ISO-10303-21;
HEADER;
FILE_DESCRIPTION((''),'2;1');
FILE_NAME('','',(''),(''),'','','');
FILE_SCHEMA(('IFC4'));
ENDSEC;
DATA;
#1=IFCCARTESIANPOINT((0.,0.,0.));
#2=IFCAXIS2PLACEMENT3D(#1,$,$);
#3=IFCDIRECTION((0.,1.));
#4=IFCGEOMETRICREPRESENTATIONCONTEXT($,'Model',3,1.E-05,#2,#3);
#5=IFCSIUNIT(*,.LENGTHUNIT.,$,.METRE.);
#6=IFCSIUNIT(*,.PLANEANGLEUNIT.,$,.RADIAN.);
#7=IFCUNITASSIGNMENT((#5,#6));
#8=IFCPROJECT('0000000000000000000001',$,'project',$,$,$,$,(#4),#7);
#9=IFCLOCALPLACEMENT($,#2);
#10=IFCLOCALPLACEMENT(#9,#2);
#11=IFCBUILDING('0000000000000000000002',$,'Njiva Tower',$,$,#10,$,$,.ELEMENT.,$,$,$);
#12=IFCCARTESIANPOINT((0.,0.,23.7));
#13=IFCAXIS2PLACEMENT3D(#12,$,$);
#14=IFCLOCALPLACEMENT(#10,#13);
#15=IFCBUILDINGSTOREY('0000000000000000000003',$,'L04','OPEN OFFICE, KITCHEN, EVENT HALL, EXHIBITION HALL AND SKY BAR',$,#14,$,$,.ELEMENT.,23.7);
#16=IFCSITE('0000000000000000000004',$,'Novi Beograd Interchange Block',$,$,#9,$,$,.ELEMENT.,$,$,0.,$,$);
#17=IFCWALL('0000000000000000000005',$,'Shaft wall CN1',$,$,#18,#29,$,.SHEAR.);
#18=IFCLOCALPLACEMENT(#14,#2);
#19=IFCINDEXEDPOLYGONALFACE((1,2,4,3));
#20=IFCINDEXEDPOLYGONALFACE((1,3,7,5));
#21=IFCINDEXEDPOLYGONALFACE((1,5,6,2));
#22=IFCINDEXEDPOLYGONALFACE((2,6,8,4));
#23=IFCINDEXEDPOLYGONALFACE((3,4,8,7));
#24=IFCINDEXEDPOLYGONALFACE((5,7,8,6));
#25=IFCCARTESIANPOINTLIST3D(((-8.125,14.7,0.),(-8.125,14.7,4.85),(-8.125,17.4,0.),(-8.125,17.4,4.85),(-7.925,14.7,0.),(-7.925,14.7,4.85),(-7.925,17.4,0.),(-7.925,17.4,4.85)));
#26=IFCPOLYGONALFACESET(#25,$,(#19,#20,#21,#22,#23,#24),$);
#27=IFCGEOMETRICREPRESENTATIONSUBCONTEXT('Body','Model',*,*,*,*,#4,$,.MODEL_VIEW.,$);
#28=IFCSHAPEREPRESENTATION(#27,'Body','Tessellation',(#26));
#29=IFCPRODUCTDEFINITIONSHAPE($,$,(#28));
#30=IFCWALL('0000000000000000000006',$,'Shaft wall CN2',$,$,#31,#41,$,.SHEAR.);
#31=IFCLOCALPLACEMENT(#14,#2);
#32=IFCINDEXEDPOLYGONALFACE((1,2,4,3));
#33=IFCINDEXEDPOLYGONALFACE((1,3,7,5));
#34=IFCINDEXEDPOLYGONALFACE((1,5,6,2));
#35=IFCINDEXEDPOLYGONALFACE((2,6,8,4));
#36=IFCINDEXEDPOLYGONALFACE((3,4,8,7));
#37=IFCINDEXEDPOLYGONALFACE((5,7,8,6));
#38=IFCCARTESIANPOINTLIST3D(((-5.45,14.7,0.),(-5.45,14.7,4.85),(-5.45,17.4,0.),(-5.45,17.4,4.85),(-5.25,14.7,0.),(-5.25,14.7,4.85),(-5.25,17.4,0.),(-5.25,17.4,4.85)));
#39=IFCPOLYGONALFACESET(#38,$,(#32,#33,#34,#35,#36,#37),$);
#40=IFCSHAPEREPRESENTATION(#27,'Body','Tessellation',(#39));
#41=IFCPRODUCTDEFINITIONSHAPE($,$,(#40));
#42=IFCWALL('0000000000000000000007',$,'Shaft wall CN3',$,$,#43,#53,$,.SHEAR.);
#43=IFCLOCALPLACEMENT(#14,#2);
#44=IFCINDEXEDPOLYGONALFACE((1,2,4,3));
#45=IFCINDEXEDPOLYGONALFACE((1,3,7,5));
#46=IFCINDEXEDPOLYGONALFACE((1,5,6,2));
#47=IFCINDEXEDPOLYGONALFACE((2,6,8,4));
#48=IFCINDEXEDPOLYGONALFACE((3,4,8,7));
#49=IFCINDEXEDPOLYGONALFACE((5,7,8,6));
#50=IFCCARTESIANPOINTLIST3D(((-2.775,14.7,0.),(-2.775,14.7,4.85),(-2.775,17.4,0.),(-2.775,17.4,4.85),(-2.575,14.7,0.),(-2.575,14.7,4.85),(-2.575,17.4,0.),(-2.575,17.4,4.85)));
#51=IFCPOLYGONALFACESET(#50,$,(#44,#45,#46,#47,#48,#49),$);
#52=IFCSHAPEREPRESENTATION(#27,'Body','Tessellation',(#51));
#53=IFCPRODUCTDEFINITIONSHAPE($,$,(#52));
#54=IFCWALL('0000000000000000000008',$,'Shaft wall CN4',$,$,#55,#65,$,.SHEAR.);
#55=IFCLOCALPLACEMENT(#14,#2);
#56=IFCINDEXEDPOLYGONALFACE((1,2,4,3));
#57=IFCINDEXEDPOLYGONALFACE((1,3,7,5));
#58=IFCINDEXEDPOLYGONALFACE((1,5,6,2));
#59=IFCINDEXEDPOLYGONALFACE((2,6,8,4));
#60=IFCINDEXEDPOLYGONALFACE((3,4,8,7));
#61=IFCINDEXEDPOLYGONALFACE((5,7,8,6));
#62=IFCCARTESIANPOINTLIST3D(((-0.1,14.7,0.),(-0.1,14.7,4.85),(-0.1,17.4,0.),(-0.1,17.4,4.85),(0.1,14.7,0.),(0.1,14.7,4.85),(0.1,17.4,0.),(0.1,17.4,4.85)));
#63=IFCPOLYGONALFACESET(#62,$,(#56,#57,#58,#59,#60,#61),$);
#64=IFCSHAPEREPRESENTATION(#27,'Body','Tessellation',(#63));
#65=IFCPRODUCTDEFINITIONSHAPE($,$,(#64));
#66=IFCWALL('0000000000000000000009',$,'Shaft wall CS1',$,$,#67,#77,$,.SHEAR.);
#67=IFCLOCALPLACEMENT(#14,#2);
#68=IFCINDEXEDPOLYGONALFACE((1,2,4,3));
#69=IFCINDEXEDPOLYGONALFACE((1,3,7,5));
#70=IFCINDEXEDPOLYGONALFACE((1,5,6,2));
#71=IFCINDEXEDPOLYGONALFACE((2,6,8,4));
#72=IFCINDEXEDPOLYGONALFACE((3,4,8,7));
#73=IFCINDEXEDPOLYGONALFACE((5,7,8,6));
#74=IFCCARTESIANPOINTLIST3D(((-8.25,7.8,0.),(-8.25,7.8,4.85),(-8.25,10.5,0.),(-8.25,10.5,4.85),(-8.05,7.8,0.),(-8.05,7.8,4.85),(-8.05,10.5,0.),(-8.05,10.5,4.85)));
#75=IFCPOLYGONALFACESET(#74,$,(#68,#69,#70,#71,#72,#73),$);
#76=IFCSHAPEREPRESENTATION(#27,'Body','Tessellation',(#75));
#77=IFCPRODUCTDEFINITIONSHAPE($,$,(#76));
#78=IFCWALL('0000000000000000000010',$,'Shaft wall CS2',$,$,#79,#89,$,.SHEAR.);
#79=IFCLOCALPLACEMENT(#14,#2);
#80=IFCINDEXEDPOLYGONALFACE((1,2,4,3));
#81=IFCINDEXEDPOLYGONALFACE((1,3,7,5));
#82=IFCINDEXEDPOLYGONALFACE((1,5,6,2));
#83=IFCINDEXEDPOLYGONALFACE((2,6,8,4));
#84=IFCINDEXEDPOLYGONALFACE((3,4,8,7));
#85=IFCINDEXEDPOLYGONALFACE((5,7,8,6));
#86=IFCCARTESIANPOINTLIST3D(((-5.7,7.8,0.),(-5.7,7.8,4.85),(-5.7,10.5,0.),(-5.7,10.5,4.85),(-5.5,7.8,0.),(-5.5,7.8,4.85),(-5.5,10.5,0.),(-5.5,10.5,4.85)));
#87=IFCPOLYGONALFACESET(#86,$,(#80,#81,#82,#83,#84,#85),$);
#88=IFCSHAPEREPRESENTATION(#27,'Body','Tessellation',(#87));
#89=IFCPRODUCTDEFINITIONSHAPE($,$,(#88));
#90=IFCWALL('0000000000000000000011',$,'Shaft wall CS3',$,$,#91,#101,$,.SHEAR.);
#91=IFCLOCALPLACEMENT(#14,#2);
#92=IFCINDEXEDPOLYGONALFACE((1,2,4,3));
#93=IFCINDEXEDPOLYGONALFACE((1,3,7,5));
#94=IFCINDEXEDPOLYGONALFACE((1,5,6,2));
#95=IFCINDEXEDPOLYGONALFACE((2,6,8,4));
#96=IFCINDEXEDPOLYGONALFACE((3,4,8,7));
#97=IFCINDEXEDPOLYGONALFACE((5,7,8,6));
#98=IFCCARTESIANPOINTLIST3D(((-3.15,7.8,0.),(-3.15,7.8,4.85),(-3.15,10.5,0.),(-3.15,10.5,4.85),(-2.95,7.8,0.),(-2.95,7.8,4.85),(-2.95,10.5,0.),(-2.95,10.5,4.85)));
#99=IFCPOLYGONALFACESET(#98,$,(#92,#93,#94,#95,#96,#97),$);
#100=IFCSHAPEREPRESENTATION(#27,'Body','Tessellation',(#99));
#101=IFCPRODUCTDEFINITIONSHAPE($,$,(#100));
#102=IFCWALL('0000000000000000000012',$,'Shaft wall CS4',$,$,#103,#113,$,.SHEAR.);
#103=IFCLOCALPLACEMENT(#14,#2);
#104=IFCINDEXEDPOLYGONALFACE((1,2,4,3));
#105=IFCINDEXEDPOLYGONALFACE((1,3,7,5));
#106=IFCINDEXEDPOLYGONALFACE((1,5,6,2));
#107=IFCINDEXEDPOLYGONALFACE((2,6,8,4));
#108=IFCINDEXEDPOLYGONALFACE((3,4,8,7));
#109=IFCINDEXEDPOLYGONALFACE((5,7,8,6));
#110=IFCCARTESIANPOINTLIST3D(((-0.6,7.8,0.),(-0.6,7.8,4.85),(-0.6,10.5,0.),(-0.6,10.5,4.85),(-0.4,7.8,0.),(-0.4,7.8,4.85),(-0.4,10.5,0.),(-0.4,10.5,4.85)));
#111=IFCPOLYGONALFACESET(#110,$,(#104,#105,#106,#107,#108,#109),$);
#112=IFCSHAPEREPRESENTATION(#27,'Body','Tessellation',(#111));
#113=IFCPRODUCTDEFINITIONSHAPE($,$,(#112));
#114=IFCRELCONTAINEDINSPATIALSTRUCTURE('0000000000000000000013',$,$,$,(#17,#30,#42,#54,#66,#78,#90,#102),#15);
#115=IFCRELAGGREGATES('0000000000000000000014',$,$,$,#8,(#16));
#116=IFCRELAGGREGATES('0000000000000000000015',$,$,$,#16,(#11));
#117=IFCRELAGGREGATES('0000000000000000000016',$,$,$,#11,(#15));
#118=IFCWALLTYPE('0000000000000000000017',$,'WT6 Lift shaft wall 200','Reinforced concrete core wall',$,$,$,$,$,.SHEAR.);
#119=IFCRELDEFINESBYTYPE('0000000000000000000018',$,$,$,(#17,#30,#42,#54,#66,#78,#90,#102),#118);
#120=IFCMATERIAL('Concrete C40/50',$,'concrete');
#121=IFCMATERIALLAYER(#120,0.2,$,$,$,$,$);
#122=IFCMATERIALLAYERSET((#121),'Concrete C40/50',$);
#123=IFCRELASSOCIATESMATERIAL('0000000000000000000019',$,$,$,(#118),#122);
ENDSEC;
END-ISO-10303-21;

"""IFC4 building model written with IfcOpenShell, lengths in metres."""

from ifc_helpers import new_model, si_unit, direction, frame, frame_2d, origin, place, context, subcontext, project, spatial, rectangle, extrude, material, layer, layer_set, type_object, element, save


model = new_model("IFC4")

# Units and contexts
model_context = context("Model", 3, precision=1e-05, world=origin(), true_north=direction((0.0, 1.0)))
body_context = subcontext(model_context, "Body", "Model", "MODEL_VIEW")
ifc_project = project(units=[si_unit("LENGTHUNIT", "METRE"), si_unit("PLANEANGLEUNIT", "RADIAN")], contexts=[model_context])

# Site, building, storey
site_placement = place(None, origin())
site = spatial("IfcSite", under=ifc_project, at=site_placement, Name="Novi Beograd Interchange Block", CompositionType="ELEMENT", RefElevation=0.0)
building_placement = place(site_placement, origin())
building = spatial("IfcBuilding", under=site, at=building_placement, Name="Njiva Tower", CompositionType="ELEMENT")
storey_placement = place(building_placement, frame((0.0, 0.0, 23.7)))
storey = spatial("IfcBuildingStorey", under=building, at=storey_placement, Name="L04", Description="OPEN OFFICE, KITCHEN, EVENT HALL, EXHIBITION HALL AND SKY BAR", CompositionType="ELEMENT", Elevation=23.7)

# Walls
ifc_material_1 = material(Name="Concrete C40/50", Category="concrete")
ifc_layer_1 = layer(ifc_material_1, 0.2)
ifc_layer_set_1 = layer_set([ifc_layer_1], Name="Concrete C40/50")
wall_type_1 = type_object("IfcWallType", Name="WT6 Lift shaft wall 200", Description="Reinforced concrete core wall", PredefinedType="SHEAR", material=ifc_layer_set_1)
for number, where, z_axis, x_axis, name in (
    (1, (-8.025, 14.7, 0.0), (0.0, 0.0, 1.0), (0.0, 1.0, 0.0), "Shaft wall CN1"),
    (2, (-5.35, 14.7, 0.0), (0.0, 0.0, 1.0), (0.0, 1.0, 0.0), "Shaft wall CN2"),
    (3, (-2.675, 14.7, 0.0), (0.0, 0.0, 1.0), (0.0, 1.0, 0.0), "Shaft wall CN3"),
    (4, (0.0, 14.7, 0.0), (0.0, 0.0, 1.0), (0.0, 1.0, 0.0), "Shaft wall CN4"),
    (5, (-8.15, 7.8, 0.0), (0.0, 0.0, 1.0), (0.0, 1.0, 0.0), "Shaft wall CS1"),
    (6, (-5.6, 7.8, 0.0), (0.0, 0.0, 1.0), (0.0, 1.0, 0.0), "Shaft wall CS2"),
    (7, (-3.05, 7.8, 0.0), (0.0, 0.0, 1.0), (0.0, 1.0, 0.0), "Shaft wall CS3"),
    (8, (-0.5, 7.8, 0.0), (0.0, 0.0, 1.0), (0.0, 1.0, 0.0), "Shaft wall CS4"),
):
    element("IfcWall", number, at=place(storey_placement, frame(where, z_axis=z_axis, x_axis=x_axis)), inside=storey, type_object=wall_type_1, Name=name, PredefinedType="SHEAR", context=body_context, shape_type="SweptSolid", body=[
        extrude(rectangle(XDim=2.7, YDim=0.2, at=frame_2d((1.35, 0.0))), origin(), (0.0, 0.0, 1.0), 4.85),
    ])

save(model, "model.ifc")
